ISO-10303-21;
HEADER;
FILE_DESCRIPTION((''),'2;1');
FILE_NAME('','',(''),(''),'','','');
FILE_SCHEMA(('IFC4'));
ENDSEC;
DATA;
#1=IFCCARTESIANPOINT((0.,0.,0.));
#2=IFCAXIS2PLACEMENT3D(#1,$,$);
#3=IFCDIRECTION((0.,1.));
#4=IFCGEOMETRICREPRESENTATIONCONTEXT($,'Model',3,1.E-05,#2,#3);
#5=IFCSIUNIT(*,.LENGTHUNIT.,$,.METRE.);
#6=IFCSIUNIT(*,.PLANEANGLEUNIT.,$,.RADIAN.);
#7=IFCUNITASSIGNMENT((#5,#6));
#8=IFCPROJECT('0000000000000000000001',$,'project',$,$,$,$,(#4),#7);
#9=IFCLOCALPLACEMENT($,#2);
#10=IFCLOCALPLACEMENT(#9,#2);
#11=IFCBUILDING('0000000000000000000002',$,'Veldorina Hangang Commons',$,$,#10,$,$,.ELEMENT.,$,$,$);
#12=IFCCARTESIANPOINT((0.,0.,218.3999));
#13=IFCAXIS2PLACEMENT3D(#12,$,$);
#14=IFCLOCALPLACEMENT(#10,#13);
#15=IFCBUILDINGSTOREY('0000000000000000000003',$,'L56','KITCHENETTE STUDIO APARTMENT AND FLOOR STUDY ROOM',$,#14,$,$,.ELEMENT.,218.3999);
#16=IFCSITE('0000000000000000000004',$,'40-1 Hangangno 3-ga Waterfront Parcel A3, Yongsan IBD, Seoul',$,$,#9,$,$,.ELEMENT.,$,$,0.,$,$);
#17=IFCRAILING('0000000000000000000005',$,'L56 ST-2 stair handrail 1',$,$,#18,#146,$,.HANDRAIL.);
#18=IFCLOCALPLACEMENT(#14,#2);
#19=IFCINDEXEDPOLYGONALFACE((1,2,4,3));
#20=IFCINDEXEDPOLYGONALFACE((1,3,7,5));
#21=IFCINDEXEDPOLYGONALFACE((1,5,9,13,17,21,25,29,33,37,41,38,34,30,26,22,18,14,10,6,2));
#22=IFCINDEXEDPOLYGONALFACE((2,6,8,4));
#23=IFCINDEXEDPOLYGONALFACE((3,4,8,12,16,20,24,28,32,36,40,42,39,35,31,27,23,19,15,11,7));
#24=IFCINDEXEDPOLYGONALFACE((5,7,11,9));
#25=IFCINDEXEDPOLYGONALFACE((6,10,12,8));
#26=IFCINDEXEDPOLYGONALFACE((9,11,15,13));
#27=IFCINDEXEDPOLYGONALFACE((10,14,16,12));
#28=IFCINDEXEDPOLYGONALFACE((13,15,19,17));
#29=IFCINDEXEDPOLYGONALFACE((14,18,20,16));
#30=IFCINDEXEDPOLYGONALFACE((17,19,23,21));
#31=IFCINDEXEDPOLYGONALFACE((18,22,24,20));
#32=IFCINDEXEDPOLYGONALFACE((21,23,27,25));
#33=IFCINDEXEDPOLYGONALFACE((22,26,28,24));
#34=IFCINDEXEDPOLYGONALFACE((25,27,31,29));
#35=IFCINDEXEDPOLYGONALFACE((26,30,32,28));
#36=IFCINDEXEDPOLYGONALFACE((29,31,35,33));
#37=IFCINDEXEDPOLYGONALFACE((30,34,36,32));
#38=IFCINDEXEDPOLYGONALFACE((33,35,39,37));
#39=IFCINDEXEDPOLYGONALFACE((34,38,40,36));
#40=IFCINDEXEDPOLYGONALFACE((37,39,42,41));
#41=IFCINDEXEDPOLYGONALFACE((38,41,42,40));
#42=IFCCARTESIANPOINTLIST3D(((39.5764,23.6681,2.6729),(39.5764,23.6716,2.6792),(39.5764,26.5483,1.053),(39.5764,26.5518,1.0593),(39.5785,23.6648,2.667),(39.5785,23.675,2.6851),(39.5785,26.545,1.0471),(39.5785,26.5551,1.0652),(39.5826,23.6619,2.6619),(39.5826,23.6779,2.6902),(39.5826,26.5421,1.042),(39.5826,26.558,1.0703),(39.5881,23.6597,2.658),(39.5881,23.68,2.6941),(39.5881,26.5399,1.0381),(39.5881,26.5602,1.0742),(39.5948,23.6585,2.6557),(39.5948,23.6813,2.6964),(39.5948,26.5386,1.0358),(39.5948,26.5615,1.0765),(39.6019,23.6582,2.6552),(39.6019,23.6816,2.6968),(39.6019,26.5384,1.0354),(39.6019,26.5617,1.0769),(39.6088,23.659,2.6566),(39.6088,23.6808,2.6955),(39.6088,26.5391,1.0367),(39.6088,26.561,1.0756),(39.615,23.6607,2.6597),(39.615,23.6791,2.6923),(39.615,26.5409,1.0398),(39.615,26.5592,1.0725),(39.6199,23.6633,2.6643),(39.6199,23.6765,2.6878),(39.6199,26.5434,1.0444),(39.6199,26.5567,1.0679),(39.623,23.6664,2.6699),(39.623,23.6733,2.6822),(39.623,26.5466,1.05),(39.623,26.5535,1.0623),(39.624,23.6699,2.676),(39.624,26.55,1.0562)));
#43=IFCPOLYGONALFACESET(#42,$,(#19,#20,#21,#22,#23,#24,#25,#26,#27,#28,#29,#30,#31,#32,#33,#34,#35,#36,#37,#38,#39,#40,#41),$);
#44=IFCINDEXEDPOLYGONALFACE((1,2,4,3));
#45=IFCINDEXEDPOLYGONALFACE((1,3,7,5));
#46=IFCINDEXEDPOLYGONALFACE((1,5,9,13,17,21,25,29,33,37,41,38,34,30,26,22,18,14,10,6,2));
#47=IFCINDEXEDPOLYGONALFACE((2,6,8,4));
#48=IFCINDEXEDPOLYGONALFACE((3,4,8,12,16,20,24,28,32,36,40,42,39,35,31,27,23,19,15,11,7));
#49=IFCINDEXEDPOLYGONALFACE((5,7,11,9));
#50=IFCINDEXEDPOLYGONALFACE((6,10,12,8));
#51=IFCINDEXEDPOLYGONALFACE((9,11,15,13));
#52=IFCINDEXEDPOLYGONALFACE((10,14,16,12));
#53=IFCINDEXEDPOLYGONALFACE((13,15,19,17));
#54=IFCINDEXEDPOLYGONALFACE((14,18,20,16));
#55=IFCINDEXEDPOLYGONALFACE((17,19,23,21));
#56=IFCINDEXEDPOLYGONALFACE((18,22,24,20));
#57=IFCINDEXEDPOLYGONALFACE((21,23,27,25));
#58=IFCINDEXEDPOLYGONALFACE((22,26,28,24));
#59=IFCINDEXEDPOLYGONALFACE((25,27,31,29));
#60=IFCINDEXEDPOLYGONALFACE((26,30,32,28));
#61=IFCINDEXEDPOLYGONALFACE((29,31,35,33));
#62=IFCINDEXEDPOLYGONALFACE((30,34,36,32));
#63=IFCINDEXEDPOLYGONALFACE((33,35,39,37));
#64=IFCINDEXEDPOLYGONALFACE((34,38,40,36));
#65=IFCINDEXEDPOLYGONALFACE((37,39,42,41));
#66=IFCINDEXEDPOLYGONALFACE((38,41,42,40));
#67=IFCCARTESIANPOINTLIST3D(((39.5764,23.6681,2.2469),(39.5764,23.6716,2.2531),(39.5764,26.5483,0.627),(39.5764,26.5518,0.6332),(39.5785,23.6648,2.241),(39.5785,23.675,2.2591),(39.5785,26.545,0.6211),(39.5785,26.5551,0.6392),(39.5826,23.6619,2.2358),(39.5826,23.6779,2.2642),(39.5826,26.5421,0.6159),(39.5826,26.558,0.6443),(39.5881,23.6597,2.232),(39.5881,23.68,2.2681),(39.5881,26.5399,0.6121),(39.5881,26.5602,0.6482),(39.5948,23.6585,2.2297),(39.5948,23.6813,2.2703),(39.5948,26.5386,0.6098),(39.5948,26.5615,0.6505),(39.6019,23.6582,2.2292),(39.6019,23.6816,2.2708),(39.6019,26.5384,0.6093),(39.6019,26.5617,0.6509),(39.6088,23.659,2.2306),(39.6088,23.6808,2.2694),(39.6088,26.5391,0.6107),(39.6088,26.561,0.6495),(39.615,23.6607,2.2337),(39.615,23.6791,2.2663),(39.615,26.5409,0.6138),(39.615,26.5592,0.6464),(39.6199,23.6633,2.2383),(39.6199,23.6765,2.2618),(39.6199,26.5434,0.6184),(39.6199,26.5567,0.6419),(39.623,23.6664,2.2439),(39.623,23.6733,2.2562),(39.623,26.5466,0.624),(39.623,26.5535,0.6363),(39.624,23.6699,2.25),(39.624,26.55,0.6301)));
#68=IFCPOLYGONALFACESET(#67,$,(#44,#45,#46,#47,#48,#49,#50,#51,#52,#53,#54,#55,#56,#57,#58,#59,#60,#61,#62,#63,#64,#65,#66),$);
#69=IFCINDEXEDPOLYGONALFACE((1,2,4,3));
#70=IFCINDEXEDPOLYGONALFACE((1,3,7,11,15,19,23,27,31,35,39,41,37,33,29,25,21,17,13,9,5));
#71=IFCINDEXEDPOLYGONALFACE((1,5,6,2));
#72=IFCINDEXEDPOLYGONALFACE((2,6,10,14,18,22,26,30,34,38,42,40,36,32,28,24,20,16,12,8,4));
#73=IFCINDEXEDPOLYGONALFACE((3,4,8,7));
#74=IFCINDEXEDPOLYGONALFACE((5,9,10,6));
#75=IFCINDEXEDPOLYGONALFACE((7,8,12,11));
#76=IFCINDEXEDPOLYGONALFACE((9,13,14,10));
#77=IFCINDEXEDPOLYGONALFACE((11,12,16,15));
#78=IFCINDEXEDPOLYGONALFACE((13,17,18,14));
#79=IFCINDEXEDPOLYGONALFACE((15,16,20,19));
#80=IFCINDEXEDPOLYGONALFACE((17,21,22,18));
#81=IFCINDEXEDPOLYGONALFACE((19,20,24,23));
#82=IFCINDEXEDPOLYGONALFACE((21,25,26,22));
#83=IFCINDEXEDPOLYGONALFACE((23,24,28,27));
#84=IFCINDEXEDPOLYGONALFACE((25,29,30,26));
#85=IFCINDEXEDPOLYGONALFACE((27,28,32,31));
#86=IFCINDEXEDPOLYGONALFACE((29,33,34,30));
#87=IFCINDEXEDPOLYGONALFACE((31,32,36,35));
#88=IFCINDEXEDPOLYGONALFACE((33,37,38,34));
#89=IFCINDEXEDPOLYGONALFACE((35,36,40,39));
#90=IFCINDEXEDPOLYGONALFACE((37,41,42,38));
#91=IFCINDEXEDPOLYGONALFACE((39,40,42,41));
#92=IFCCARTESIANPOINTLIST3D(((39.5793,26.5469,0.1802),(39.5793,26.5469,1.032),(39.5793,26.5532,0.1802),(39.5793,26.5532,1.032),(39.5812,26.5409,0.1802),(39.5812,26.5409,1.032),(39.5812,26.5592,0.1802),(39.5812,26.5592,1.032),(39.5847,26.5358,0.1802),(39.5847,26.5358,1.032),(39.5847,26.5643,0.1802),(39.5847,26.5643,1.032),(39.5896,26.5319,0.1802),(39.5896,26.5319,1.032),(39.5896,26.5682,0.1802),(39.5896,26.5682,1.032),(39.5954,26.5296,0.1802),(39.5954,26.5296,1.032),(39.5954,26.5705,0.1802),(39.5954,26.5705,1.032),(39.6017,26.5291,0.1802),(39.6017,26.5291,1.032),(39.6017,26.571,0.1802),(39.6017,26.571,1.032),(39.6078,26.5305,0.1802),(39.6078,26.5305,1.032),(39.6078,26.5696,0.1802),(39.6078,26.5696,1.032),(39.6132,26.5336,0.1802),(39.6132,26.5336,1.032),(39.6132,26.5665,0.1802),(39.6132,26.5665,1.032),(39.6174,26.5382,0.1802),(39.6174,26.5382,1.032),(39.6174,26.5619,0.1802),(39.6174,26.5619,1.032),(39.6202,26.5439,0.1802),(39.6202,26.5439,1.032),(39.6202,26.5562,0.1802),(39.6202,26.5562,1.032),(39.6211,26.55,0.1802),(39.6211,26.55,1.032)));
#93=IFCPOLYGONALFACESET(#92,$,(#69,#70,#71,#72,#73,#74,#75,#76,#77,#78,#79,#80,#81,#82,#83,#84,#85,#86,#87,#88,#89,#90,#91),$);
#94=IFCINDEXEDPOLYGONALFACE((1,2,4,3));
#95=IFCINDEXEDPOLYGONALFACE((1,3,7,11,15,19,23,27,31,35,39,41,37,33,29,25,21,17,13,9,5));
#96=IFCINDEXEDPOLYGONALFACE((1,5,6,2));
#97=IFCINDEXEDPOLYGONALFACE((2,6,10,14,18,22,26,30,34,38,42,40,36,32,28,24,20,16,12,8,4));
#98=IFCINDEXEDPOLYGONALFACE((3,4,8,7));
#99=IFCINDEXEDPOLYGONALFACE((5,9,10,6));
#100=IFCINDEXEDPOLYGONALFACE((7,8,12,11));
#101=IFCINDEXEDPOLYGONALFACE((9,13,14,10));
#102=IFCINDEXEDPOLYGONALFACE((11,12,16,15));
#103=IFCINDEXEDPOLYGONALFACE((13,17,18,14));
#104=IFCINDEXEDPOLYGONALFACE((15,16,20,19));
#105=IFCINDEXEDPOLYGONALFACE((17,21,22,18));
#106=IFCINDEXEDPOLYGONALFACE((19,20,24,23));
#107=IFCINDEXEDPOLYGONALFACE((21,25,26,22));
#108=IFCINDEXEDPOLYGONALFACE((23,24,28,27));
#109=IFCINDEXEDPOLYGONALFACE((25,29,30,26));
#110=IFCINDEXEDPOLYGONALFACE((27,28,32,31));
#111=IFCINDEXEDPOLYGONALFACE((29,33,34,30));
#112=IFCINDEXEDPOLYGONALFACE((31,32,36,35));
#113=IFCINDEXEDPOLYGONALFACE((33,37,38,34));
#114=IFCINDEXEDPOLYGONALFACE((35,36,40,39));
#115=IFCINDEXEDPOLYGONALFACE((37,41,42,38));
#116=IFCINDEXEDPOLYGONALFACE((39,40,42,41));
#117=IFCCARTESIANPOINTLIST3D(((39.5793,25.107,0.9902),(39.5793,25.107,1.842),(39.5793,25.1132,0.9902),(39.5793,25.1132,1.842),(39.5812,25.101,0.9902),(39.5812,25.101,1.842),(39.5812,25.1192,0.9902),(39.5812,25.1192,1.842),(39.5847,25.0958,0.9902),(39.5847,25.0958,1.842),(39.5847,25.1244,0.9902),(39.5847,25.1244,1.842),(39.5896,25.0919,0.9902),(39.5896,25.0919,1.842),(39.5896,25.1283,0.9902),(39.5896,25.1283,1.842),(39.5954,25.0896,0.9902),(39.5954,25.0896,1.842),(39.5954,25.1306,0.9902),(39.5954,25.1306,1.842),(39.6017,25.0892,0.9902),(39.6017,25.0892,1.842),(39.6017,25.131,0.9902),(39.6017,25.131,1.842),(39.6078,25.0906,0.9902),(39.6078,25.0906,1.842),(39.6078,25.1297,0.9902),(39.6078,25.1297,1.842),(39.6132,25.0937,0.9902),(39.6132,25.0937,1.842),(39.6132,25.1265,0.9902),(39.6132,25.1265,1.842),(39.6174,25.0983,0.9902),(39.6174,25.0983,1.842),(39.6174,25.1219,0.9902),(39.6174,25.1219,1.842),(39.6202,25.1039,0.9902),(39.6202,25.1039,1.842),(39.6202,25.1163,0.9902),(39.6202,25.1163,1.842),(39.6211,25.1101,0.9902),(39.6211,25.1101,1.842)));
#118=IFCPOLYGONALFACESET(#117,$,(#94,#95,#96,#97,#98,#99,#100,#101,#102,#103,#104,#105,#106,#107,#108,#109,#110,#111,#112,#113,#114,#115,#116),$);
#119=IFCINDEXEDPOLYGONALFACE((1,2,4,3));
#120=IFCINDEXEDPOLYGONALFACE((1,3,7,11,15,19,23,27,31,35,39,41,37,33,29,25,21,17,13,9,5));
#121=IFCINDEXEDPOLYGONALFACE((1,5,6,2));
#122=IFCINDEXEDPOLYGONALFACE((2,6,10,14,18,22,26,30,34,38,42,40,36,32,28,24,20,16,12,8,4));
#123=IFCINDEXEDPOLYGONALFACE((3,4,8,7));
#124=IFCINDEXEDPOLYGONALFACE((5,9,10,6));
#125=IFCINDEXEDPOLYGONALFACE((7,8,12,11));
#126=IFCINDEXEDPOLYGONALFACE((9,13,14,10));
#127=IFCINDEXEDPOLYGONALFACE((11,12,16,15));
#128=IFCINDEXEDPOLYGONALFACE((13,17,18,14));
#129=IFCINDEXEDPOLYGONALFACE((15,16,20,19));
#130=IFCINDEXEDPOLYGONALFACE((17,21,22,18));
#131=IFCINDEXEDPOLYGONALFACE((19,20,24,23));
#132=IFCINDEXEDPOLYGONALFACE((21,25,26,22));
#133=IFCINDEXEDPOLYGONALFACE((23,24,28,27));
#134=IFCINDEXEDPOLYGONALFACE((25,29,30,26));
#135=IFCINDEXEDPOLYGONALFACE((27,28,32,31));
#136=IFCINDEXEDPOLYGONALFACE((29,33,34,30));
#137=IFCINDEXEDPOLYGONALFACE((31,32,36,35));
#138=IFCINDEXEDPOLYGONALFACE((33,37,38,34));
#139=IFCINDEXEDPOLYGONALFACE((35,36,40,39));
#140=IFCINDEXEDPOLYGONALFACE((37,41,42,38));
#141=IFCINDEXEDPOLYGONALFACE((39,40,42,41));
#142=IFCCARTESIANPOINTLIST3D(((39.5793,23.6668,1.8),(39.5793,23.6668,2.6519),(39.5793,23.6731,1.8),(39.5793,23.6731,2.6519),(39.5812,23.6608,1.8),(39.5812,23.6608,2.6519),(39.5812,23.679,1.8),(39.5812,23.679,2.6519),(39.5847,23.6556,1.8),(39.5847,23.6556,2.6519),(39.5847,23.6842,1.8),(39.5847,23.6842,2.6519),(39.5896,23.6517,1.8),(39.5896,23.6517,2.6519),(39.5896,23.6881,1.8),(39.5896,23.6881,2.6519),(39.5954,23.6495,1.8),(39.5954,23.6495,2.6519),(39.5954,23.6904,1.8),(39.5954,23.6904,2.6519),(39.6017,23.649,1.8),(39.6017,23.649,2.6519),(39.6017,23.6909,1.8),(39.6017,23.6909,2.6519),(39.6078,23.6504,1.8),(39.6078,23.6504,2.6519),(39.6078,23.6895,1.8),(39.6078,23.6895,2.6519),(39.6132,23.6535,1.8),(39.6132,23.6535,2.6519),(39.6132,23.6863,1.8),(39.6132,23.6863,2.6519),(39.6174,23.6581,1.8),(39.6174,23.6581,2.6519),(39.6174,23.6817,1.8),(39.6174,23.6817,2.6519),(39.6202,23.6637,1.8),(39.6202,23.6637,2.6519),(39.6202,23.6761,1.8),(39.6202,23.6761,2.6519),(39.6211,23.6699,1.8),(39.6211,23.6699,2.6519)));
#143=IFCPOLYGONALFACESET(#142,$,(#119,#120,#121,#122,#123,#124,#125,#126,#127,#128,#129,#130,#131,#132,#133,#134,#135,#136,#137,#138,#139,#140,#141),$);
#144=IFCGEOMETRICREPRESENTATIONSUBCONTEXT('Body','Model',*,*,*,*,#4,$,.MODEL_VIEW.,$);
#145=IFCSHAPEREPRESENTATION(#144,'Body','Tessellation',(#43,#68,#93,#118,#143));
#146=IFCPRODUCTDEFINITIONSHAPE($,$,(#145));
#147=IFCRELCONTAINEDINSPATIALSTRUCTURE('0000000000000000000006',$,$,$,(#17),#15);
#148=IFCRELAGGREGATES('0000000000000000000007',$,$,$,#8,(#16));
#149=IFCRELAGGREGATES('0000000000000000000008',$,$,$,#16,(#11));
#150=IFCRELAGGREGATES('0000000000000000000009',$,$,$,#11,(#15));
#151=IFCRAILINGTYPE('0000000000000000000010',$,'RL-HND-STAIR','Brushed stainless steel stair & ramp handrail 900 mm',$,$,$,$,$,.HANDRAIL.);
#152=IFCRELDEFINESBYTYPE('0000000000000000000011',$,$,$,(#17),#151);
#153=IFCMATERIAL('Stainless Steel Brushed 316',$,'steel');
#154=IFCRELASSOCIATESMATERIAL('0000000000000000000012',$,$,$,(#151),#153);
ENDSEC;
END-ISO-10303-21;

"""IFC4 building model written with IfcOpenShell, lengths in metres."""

from ifc_helpers import new_model, si_unit, direction, frame, origin, origin_2d, place, context, subcontext, project, spatial, circle, extrude, material, type_object, element, save


model = new_model("IFC4")

# Units and contexts
model_context = context("Model", 3, precision=1e-05, world=origin(), true_north=direction((0.0, 1.0)))
body_context = subcontext(model_context, "Body", "Model", "MODEL_VIEW")
ifc_project = project(units=[si_unit("LENGTHUNIT", "METRE"), si_unit("PLANEANGLEUNIT", "RADIAN")], contexts=[model_context])

# Site, building, storey
site_placement = place(None, origin())
site = spatial("IfcSite", under=ifc_project, at=site_placement, Name="40-1 Hangangno 3-ga Waterfront Parcel A3, Yongsan IBD, Seoul", CompositionType="ELEMENT", RefElevation=0.0)
building_placement = place(site_placement, origin())
building = spatial("IfcBuilding", under=site, at=building_placement, Name="Veldorina Hangang Commons", CompositionType="ELEMENT")
storey_placement = place(building_placement, frame((0.0, 0.0, 218.3999)))
storey = spatial("IfcBuildingStorey", under=building, at=storey_placement, Name="L56", Description="KITCHENETTE STUDIO APARTMENT AND FLOOR STUDY ROOM", CompositionType="ELEMENT", Elevation=218.3999)

# Railing
ifc_material_1 = material(Name="Stainless Steel Brushed 316", Category="steel")
railing_type_1 = type_object("IfcRailingType", Name="RL-HND-STAIR", Description="Brushed stainless steel stair & ramp handrail 900 mm", PredefinedType="HANDRAIL", material=ifc_material_1)
railing_1_placement = place(storey_placement, frame((39.6001, 26.55, 0.1802)))
element("IfcRailing", 1, at=railing_1_placement, inside=storey, type_object=railing_type_1, Name="L56 ST-2 stair handrail 1", PredefinedType="HANDRAIL", context=body_context, shape_type="SweptSolid", body=[
    extrude(circle(Radius=0.0239, at=origin_2d()), frame((0.0, 0.0, 0.876), z_axis=(0.0, -0.871601, 0.490216), x_axis=(1.0, 0.0, 0.0)), (0.0, 0.0, 1.0), 3.3044),
    extrude(circle(Radius=0.0239, at=origin_2d()), frame((0.0, 0.0, 0.45), z_axis=(0.0, -0.871601, 0.490216), x_axis=(1.0, 0.0, 0.0)), (0.0, 0.0, 1.0), 3.3044),
    extrude(circle(Radius=0.021, at=origin_2d()), origin(), (0.0, 0.0, 1.0), 0.8518),
    extrude(circle(Radius=0.021, at=origin_2d()), frame((0.0, -1.4399, 0.8101)), (0.0, 0.0, 1.0), 0.8518),
    extrude(circle(Radius=0.021, at=origin_2d()), frame((0.0, -2.8801, 1.6199)), (0.0, 0.0, 1.0), 0.8518),
])

save(model, "model.ifc")
